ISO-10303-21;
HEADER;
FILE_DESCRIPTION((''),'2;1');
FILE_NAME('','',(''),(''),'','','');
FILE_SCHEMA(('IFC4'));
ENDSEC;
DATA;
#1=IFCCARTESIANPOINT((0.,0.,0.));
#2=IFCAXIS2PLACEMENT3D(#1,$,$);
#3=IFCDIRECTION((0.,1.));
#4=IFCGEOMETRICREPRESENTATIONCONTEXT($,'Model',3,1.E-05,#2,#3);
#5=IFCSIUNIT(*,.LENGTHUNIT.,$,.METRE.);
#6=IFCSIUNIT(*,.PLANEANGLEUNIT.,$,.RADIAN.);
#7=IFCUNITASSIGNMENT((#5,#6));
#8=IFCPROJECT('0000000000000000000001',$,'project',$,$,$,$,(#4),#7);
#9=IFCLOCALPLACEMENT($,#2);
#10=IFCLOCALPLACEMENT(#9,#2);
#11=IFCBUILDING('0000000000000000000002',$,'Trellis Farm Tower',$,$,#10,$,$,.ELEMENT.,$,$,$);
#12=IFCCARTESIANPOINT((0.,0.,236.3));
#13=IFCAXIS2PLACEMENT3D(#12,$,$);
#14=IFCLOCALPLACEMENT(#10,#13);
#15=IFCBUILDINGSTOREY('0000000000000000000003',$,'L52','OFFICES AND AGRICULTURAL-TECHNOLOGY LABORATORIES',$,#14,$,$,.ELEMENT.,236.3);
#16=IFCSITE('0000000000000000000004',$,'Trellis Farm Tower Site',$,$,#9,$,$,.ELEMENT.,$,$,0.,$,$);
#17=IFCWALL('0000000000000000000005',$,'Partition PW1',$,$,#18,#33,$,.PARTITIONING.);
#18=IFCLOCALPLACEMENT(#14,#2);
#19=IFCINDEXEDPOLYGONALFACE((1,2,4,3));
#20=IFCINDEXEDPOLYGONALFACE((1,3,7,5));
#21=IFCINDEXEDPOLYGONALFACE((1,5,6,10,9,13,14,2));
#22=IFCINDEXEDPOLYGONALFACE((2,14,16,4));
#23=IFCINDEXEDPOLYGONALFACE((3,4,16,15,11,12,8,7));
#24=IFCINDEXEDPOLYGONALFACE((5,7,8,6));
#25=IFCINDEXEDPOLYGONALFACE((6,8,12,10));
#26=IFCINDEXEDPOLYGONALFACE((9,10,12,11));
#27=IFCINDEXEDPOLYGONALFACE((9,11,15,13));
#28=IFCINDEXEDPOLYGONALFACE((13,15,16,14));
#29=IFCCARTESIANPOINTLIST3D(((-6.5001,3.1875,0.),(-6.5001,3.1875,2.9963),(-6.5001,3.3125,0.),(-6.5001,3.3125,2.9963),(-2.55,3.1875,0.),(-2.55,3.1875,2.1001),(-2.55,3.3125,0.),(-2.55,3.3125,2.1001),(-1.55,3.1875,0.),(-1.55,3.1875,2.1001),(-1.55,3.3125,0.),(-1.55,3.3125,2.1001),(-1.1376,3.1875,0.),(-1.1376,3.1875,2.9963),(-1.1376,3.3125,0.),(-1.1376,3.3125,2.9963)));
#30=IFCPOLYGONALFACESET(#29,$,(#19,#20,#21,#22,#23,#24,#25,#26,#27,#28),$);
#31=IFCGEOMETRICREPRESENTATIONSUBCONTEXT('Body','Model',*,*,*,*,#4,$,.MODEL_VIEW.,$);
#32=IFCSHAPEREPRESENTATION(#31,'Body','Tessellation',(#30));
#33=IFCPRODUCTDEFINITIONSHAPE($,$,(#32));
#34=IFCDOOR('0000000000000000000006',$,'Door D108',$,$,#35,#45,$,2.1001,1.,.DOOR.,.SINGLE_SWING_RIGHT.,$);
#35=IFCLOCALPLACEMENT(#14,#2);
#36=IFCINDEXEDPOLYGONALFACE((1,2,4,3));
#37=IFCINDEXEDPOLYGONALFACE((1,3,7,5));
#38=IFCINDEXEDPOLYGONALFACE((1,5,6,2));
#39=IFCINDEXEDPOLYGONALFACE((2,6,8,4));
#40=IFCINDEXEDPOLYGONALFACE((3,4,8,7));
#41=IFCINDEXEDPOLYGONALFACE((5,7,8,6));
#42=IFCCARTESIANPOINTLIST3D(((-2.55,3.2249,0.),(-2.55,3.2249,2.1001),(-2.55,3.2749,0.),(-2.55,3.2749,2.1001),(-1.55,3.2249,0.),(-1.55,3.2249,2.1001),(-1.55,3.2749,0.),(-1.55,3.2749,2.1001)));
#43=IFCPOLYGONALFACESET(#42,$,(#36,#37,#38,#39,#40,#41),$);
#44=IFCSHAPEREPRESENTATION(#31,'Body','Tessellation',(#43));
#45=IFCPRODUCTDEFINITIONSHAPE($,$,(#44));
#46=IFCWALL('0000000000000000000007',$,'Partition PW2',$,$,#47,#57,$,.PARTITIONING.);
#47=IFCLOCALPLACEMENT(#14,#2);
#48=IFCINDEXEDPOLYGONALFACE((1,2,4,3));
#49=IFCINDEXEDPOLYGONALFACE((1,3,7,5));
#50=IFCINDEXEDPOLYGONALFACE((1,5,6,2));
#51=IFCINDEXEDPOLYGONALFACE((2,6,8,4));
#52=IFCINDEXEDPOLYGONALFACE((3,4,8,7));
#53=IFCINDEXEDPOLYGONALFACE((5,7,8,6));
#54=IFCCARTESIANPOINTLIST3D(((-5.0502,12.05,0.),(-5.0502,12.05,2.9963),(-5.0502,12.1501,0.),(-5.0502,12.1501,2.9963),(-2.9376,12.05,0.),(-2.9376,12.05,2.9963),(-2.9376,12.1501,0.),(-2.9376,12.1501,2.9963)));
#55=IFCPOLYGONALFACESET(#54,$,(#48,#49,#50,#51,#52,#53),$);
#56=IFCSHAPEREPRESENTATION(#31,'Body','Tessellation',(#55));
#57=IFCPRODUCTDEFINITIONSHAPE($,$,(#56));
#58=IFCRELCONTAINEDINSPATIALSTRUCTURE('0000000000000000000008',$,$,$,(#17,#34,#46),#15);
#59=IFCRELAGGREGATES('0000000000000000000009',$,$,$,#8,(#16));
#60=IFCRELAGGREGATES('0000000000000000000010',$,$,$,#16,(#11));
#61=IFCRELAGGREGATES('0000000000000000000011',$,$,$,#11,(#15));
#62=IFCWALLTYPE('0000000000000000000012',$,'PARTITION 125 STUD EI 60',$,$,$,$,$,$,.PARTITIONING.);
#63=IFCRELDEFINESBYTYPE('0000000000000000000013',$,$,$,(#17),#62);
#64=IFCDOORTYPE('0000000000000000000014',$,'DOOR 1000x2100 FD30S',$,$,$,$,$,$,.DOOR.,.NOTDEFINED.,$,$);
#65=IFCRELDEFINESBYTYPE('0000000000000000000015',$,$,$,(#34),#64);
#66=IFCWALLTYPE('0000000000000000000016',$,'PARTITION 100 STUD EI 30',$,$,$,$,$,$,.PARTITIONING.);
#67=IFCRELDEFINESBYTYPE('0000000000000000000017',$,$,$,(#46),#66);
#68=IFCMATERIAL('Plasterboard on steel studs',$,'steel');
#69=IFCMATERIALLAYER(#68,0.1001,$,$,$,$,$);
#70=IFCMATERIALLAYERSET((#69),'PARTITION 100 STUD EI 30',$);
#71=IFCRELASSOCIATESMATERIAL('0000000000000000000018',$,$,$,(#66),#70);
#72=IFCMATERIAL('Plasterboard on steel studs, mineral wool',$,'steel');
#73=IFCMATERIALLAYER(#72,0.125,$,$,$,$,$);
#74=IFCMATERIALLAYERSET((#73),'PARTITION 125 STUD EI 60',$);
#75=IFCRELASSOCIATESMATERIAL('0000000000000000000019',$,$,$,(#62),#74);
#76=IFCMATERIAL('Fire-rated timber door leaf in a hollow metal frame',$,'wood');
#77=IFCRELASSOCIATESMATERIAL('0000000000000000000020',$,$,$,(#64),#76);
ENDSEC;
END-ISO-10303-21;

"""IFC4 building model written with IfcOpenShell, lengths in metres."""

from ifc_helpers import new_model, si_unit, direction, frame, frame_2d, origin, place, context, subcontext, project, spatial, rectangle, extrude, source, transform, mapped, material, layer, layer_set, type_object, element, fill, save


model = new_model("IFC4")

# Units and contexts
model_context = context("Model", 3, precision=1e-05, world=origin(), true_north=direction((0.0, 1.0)))
body_context = subcontext(model_context, "Body", "Model", "MODEL_VIEW")
ifc_project = project(units=[si_unit("LENGTHUNIT", "METRE"), si_unit("PLANEANGLEUNIT", "RADIAN")], contexts=[model_context])

# Site, building, storey
site_placement = place(None, origin())
site = spatial("IfcSite", under=ifc_project, at=site_placement, Name="Trellis Farm Tower Site", CompositionType="ELEMENT", RefElevation=0.0)
building_placement = place(site_placement, origin())
building = spatial("IfcBuilding", under=site, at=building_placement, Name="Trellis Farm Tower", CompositionType="ELEMENT")
storey_placement = place(building_placement, frame((0.0, 0.0, 236.3)))
storey = spatial("IfcBuildingStorey", under=building, at=storey_placement, Name="L52", Description="OFFICES AND AGRICULTURAL-TECHNOLOGY LABORATORIES", CompositionType="ELEMENT", Elevation=236.3)

# Shared definitions
shared_shape_1 = source(origin(), body_context, "Body", "SweptSolid", [
    extrude(rectangle(XDim=1.0, YDim=2.1001, at=frame_2d((0.5, 1.05))), frame((0.0, 0.0249, 0.0), z_axis=(0.0, -1.0, 0.0), x_axis=(1.0, 0.0, 0.0)), (0.0, 0.0, 1.0), 0.05),
])

# Shared definitions
ifc_material_1 = material(Name="Plasterboard on steel studs", Category="steel")
ifc_layer_1 = layer(ifc_material_1, 0.1001)
ifc_layer_set_1 = layer_set([ifc_layer_1], Name="PARTITION 100 STUD EI 30")
wall_type_1 = type_object("IfcWallType", Name="PARTITION 100 STUD EI 30", PredefinedType="PARTITIONING", material=ifc_layer_set_1)

# Wall, opening, door
ifc_material_2 = material(Name="Plasterboard on steel studs, mineral wool", Category="steel")
ifc_layer_2 = layer(ifc_material_2, 0.125)
ifc_layer_set_2 = layer_set([ifc_layer_2], Name="PARTITION 125 STUD EI 60")
wall_type_2 = type_object("IfcWallType", Name="PARTITION 125 STUD EI 60", PredefinedType="PARTITIONING", material=ifc_layer_set_2)
shared_shape_2 = source(origin(), body_context, "Body", "SweptSolid", [
    extrude(rectangle(XDim=5.3625, YDim=0.125, at=frame_2d((2.6812, 0.0))), origin(), (0.0, 0.0, 1.0), 2.9963),
])
wall_1_placement = place(storey_placement, frame((-6.5, 3.25, 0.0), z_axis=(0.0, 0.0, 1.0), x_axis=(1.0, 0.0, 0.0)))
wall_1 = element("IfcWall", 1, at=wall_1_placement, inside=storey, type_object=wall_type_2, Name="Partition PW1", PredefinedType="PARTITIONING", context=body_context, shape_type="MappedRepresentation", body=[
    mapped(shared_shape_2, transform((0.0, 0.0, 0.0))),
])
shared_shape_3 = source(origin(), body_context, "Body", "SweptSolid", [
    extrude(rectangle(XDim=1.0, YDim=2.1001, at=frame_2d((0.5, 1.05))), frame((0.0, 0.0725, 0.0), z_axis=(0.0, -1.0, 0.0), x_axis=(1.0, 0.0, 0.0)), (0.0, 0.0, 1.0), 0.145),
])
opening_1_placement = place(wall_1_placement, frame((3.95, 0.0, 0.0)))
opening_1 = element("IfcOpeningElement", 2, at=opening_1_placement, cuts=wall_1, PredefinedType="OPENING", context=body_context, shape_type="MappedRepresentation", body=[
    mapped(shared_shape_3, transform((0.0, 0.0, 0.0))),
])
ifc_material_3 = material(Name="Fire-rated timber door leaf in a hollow metal frame", Category="wood")
door_type_1 = type_object("IfcDoorType", Name="DOOR 1000x2100 FD30S", OperationType="NOTDEFINED", PredefinedType="DOOR", material=ifc_material_3)
door_1_placement = place(opening_1_placement, origin())
door_1 = element("IfcDoor", 3, at=door_1_placement, inside=storey, type_object=door_type_1, Name="Door D108", OperationType="SINGLE_SWING_RIGHT", OverallHeight=2.1001, OverallWidth=1.0, PredefinedType="DOOR", context=body_context, shape_type="MappedRepresentation", body=[
    mapped(shared_shape_1, transform((0.0, 0.0, 0.0))),
])
fill(opening_1, door_1)

# Wall
shared_shape_4 = source(origin(), body_context, "Body", "SweptSolid", [
    extrude(rectangle(XDim=2.1125, YDim=0.1001, at=frame_2d((1.0562, 0.0))), origin(), (0.0, 0.0, 1.0), 2.9963),
])
wall_2_placement = place(storey_placement, frame((-5.05, 12.1001, 0.0), z_axis=(0.0, 0.0, 1.0), x_axis=(1.0, 0.0, 0.0)))
element("IfcWall", 4, at=wall_2_placement, inside=storey, type_object=wall_type_1, Name="Partition PW2", PredefinedType="PARTITIONING", context=body_context, shape_type="MappedRepresentation", body=[
    mapped(shared_shape_4, transform((0.0, 0.0, 0.0))),
])

save(model, "model.ifc")
